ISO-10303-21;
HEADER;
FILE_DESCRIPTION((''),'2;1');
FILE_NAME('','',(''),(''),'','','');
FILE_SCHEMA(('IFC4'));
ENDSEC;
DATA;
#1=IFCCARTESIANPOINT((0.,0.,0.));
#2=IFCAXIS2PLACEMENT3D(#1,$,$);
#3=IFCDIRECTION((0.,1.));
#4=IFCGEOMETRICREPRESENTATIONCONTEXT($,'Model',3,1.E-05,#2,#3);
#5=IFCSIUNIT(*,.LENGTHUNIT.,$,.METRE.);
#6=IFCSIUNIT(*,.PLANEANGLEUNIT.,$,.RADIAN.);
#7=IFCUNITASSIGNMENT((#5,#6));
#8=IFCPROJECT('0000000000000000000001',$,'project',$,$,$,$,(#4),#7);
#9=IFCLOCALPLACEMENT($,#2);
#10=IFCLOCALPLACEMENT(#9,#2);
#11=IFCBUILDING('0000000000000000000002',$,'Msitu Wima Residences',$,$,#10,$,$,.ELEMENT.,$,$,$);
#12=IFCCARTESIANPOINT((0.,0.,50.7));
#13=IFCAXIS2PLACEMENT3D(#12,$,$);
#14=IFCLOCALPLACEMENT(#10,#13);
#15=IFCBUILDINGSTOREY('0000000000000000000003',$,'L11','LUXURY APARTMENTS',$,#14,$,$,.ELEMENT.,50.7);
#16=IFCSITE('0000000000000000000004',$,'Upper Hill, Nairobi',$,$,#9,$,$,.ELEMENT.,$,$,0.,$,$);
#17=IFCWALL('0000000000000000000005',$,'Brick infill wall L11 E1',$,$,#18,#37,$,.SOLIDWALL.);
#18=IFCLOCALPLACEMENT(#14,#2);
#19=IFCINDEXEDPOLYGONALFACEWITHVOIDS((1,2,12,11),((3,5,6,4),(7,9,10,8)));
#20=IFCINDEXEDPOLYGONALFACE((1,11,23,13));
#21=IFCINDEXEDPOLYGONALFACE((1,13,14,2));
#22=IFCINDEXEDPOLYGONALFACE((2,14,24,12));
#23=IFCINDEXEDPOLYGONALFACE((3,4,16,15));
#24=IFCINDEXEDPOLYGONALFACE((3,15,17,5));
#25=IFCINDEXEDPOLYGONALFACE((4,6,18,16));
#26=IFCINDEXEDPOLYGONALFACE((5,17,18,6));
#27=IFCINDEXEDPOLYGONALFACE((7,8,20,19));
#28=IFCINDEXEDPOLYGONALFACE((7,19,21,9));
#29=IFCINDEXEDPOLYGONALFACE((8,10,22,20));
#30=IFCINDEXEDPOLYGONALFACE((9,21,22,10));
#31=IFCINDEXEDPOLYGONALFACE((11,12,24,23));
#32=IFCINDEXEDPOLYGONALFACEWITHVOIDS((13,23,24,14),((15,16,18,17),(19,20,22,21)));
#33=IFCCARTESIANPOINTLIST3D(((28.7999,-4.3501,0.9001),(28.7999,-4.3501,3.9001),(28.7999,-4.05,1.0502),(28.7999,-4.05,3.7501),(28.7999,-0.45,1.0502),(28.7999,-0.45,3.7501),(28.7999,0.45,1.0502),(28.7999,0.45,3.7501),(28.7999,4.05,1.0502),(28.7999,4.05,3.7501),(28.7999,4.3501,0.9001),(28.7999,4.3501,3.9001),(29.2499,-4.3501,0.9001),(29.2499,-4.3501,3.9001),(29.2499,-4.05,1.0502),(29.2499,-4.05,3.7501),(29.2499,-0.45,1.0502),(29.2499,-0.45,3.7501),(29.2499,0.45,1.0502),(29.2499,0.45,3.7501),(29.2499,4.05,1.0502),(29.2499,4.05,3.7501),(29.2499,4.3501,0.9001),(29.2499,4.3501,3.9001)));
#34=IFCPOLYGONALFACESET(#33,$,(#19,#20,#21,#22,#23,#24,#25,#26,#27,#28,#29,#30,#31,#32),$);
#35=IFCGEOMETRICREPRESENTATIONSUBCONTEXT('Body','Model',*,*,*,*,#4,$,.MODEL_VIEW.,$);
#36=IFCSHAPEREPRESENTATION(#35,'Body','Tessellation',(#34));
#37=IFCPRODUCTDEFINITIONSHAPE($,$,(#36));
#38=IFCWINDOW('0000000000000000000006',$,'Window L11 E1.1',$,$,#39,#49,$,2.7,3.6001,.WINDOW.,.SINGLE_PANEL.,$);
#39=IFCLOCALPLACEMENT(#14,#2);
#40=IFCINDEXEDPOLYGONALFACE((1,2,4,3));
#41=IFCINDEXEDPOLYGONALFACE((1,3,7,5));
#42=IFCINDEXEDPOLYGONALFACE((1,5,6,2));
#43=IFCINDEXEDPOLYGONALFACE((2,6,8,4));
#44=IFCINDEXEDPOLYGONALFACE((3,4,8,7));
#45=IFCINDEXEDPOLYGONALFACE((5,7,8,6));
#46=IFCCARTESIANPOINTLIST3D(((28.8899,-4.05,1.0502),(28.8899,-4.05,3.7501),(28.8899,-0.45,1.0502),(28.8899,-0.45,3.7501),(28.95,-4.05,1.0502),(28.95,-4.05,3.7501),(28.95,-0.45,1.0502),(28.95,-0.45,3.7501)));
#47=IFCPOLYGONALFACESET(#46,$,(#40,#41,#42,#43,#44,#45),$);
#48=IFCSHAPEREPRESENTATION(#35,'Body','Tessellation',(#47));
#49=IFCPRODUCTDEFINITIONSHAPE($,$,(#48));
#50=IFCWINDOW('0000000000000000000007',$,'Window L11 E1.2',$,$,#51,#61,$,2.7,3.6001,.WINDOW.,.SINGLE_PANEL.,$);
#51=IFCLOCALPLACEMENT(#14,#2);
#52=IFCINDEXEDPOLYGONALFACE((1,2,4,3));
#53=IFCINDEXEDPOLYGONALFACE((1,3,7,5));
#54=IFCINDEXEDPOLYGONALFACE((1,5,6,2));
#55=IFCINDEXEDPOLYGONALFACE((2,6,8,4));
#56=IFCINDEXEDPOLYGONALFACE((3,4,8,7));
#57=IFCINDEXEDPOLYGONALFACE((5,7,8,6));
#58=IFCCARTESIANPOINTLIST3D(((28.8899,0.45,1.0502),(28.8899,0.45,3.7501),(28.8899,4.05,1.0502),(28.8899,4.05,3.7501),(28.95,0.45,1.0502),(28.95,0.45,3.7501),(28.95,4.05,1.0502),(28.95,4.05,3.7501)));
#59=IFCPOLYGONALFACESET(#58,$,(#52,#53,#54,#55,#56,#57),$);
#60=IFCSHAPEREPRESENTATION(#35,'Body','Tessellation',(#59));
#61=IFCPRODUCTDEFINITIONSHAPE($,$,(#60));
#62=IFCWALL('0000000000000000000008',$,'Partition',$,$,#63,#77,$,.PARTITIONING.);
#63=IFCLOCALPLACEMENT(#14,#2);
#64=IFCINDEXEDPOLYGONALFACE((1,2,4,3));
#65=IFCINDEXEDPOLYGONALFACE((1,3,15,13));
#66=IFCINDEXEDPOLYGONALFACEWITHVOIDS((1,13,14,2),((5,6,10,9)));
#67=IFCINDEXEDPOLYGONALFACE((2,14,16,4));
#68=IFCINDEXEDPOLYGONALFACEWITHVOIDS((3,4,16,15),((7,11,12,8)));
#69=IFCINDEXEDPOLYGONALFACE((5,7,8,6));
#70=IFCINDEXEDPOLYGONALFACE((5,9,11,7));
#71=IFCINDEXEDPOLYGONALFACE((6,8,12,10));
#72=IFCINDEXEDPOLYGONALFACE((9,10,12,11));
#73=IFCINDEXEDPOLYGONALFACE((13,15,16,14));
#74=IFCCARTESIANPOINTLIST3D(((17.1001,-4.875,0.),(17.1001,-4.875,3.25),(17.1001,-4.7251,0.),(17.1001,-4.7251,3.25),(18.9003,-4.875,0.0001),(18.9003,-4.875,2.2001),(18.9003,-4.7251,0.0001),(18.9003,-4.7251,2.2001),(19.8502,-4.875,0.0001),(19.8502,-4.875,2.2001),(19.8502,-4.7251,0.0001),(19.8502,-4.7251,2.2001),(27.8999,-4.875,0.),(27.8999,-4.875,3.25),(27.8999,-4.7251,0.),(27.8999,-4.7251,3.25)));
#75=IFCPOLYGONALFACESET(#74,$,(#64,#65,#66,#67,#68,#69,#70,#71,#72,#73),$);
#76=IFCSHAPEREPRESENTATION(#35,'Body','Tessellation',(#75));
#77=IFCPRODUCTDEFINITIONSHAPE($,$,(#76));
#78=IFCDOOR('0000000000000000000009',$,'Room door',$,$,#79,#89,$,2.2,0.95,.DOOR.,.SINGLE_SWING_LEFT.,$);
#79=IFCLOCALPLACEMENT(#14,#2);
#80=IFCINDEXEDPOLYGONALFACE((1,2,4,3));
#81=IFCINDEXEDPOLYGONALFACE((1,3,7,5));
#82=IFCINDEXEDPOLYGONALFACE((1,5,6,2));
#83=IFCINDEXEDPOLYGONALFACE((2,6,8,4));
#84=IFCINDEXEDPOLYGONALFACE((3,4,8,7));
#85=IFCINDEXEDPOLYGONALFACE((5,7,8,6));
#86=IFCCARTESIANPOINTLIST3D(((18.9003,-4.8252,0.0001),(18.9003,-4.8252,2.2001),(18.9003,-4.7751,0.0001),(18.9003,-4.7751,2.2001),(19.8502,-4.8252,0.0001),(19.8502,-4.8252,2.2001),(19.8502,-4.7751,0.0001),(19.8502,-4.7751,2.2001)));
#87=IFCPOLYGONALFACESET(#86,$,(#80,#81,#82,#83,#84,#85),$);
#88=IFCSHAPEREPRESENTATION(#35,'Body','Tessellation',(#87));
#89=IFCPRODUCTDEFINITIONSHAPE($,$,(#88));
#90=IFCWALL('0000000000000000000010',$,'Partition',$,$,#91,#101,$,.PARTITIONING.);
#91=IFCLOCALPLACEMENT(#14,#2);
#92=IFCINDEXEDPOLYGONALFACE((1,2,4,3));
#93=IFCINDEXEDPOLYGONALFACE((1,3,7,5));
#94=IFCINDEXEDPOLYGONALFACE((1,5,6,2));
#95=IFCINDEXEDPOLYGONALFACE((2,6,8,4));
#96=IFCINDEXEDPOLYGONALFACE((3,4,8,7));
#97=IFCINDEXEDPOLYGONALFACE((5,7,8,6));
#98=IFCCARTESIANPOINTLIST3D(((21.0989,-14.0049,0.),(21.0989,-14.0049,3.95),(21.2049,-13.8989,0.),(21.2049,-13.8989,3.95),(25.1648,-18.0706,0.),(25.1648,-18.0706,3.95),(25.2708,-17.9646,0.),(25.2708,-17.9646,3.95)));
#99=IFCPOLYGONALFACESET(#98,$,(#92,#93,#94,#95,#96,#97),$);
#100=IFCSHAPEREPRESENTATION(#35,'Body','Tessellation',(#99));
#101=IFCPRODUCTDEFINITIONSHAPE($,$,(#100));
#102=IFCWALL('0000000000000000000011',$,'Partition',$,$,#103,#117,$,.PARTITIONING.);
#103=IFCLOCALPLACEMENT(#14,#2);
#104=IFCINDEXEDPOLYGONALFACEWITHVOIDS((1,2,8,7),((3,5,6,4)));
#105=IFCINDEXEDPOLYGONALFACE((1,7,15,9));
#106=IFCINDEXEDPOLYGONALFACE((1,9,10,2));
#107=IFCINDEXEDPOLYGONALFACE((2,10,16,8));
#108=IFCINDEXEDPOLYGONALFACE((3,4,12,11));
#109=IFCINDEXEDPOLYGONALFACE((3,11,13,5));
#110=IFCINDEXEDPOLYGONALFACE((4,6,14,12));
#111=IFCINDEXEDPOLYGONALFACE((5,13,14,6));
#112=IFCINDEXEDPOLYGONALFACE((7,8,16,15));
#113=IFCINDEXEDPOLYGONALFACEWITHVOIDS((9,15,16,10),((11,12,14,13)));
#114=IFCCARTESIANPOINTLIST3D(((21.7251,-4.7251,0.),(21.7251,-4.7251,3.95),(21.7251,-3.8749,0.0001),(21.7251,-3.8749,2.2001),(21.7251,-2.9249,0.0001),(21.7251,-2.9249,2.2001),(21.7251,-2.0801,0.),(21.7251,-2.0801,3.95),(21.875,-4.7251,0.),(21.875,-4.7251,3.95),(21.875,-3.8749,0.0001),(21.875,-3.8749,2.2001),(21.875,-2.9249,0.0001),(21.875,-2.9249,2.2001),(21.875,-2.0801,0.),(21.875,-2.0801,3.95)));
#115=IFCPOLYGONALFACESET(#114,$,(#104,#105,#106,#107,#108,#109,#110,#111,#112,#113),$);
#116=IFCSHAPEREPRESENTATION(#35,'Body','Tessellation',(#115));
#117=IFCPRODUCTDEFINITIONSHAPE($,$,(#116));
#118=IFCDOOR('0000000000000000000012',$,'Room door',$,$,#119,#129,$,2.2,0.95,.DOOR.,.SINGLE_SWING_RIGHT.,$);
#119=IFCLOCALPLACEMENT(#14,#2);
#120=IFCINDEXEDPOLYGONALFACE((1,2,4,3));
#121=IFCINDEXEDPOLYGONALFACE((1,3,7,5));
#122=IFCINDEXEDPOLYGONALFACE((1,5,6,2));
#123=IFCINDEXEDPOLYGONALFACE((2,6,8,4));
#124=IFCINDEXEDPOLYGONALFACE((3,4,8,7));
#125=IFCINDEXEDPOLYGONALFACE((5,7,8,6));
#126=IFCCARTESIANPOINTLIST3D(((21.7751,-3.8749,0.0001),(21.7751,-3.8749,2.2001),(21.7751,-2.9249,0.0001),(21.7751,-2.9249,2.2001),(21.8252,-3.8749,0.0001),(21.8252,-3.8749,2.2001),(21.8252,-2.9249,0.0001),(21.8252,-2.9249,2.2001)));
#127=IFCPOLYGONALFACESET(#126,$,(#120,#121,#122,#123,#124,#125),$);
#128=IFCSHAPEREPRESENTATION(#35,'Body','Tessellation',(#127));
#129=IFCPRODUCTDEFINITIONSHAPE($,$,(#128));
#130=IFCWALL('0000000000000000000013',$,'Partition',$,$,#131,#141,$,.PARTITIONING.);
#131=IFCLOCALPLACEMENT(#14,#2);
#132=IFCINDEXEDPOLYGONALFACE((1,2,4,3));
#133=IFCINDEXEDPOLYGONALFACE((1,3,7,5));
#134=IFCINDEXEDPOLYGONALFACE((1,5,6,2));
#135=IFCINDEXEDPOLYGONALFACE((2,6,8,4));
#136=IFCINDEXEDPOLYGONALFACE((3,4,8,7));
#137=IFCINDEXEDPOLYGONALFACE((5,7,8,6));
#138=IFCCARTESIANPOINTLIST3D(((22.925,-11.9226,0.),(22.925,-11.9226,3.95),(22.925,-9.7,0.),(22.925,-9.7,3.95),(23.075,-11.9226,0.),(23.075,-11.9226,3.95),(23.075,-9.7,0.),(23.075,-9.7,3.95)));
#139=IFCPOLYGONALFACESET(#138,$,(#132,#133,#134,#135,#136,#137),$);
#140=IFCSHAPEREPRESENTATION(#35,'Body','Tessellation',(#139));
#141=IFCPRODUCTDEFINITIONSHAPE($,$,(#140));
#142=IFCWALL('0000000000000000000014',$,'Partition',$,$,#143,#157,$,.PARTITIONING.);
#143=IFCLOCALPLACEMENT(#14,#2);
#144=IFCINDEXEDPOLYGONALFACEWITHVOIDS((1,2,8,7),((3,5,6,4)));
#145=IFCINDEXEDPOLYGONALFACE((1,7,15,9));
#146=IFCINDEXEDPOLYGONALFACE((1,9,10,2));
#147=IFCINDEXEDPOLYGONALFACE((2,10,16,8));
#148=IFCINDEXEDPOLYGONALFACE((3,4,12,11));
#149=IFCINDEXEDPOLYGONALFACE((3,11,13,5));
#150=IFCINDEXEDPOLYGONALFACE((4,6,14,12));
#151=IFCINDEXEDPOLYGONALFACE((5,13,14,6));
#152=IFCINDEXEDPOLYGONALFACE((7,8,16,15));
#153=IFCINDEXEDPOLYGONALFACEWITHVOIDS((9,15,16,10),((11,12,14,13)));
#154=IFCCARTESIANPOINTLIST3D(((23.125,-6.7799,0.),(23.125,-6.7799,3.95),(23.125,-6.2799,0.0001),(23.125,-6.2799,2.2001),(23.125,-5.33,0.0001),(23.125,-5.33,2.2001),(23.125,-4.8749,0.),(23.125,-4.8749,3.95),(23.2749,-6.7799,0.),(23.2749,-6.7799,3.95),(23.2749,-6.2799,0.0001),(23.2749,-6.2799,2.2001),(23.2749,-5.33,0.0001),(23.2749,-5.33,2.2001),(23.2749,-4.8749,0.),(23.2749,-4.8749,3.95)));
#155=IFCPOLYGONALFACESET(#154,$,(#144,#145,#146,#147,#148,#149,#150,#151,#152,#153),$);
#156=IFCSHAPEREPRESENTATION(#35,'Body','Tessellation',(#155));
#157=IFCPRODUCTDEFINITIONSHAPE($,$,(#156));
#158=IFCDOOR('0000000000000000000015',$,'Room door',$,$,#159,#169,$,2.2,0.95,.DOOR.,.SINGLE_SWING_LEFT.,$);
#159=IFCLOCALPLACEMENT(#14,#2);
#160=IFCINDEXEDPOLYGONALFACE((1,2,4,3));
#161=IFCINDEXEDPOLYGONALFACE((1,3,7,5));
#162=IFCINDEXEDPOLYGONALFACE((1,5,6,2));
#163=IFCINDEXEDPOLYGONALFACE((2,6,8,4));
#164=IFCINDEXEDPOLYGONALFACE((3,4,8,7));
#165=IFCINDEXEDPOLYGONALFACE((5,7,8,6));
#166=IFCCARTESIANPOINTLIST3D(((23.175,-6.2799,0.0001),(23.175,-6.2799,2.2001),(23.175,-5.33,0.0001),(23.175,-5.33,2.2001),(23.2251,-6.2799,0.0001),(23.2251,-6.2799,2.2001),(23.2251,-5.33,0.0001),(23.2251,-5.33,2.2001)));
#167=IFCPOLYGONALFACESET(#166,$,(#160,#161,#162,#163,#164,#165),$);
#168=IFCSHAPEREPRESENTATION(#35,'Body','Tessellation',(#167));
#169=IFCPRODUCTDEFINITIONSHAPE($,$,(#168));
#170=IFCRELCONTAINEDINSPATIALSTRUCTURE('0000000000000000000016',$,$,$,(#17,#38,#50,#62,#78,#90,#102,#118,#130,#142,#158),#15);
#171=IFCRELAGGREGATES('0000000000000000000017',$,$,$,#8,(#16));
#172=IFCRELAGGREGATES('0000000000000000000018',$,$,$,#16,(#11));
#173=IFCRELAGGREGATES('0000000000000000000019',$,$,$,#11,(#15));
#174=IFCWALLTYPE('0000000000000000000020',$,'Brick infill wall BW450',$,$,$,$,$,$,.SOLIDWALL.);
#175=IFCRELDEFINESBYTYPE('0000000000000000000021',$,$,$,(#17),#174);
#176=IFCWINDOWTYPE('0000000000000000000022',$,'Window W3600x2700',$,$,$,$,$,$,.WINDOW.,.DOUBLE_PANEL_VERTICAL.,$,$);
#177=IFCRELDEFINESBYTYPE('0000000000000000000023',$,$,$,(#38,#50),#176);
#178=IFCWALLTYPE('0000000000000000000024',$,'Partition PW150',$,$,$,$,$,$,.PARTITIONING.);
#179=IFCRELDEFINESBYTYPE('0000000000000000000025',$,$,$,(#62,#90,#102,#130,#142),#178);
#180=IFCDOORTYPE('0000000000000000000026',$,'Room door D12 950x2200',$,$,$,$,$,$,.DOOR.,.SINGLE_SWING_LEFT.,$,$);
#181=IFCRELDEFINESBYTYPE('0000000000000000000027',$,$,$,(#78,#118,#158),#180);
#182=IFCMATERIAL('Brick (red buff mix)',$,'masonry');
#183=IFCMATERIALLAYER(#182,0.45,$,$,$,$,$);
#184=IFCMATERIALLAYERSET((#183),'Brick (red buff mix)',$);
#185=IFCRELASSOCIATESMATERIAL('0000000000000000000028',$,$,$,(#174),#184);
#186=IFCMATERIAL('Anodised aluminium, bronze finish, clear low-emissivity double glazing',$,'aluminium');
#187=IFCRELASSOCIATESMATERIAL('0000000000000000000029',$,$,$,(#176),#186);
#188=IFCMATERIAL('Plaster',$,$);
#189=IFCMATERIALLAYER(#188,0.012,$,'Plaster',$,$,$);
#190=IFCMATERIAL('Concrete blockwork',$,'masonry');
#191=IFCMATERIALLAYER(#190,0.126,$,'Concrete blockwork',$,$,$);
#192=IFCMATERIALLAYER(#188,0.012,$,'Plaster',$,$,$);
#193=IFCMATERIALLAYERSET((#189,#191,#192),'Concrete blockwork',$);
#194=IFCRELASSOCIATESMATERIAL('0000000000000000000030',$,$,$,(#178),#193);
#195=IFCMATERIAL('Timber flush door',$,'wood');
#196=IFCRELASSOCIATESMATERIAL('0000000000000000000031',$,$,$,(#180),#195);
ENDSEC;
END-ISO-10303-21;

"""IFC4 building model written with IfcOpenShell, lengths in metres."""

from ifc_helpers import new_model, si_unit, direction, frame, frame_2d, origin, place, context, subcontext, project, spatial, rectangle, extrude, material, layer, layer_set, type_object, element, fill, save


model = new_model("IFC4")

# Units and contexts
model_context = context("Model", 3, precision=1e-05, world=origin(), true_north=direction((0.0, 1.0)))
body_context = subcontext(model_context, "Body", "Model", "MODEL_VIEW")
ifc_project = project(units=[si_unit("LENGTHUNIT", "METRE"), si_unit("PLANEANGLEUNIT", "RADIAN")], contexts=[model_context])

# Site, building, storey
site_placement = place(None, origin())
site = spatial("IfcSite", under=ifc_project, at=site_placement, Name="Upper Hill, Nairobi", CompositionType="ELEMENT", RefElevation=0.0)
building_placement = place(site_placement, origin())
building = spatial("IfcBuilding", under=site, at=building_placement, Name="Msitu Wima Residences", CompositionType="ELEMENT")
storey_placement = place(building_placement, frame((0.0, 0.0, 50.7)))
storey = spatial("IfcBuildingStorey", under=building, at=storey_placement, Name="L11", Description="LUXURY APARTMENTS", CompositionType="ELEMENT", Elevation=50.7)

# Shared definitions
ifc_material_1 = material(Name="Brick (red buff mix)", Category="masonry")
ifc_layer_1 = layer(ifc_material_1, 0.45)
ifc_layer_set_1 = layer_set([ifc_layer_1], Name="Brick (red buff mix)")
wall_type_1 = type_object("IfcWallType", Name="Brick infill wall BW450", PredefinedType="SOLIDWALL", material=ifc_layer_set_1)
ifc_material_2 = material(Name="Anodised aluminium, bronze finish, clear low-emissivity double glazing", Category="aluminium")
window_type = type_object("IfcWindowType", Name="Window W3600x2700", PartitioningType="DOUBLE_PANEL_VERTICAL", PredefinedType="WINDOW", material=ifc_material_2)

# Wall, openings, windows
wall_1_placement = place(storey_placement, frame((29.0249, -4.3501, 0.9001), z_axis=(0.0, 0.0, 1.0), x_axis=(0.0, 1.0, 0.0)))
wall_1 = element("IfcWall", 1, at=wall_1_placement, inside=storey, type_object=wall_type_1, Name="Brick infill wall L11 E1", PredefinedType="SOLIDWALL", context=body_context, shape_type="SweptSolid", body=[
    extrude(rectangle(XDim=8.7002, YDim=0.45, at=frame_2d((4.3501, 0.0))), origin(), (0.0, 0.0, 1.0), 3.0),
])
opening_1_placement = place(wall_1_placement, frame((0.3, 0.0, 0.1499)))
opening_1 = element("IfcOpeningElement", 2, at=opening_1_placement, cuts=wall_1, PredefinedType="OPENING", context=body_context, shape_type="SweptSolid", body=[
    extrude(rectangle(XDim=3.6001, YDim=2.7, at=frame_2d((1.8, 1.3501))), frame((0.0, 0.2349, 0.0), z_axis=(0.0, -1.0, 0.0), x_axis=(1.0, 0.0, 0.0)), (0.0, 0.0, 1.0), 0.47),
])
opening_2_placement = place(wall_1_placement, frame((4.8, 0.0, 0.1499)))
opening_2 = element("IfcOpeningElement", 3, at=opening_2_placement, cuts=wall_1, PredefinedType="OPENING", context=body_context, shape_type="SweptSolid", body=[
    extrude(rectangle(XDim=3.6001, YDim=2.7, at=frame_2d((1.8, 1.3501))), frame((0.0, 0.2349, 0.0), z_axis=(0.0, -1.0, 0.0), x_axis=(1.0, 0.0, 0.0)), (0.0, 0.0, 1.0), 0.47),
])
window_1_placement = place(opening_1_placement, origin())
window_1 = element("IfcWindow", 4, at=window_1_placement, inside=storey, type_object=window_type, Name="Window L11 E1.1", OverallHeight=2.7, OverallWidth=3.6001, PartitioningType="SINGLE_PANEL", PredefinedType="WINDOW", context=body_context, shape_type="SweptSolid", body=[
    extrude(rectangle(XDim=3.6001, YDim=2.7, at=frame_2d((1.8, 1.3501))), frame((0.0, 0.135, 0.0), z_axis=(0.0, -1.0, 0.0), x_axis=(1.0, 0.0, 0.0)), (0.0, 0.0, 1.0), 0.0601),
])
fill(opening_1, window_1)
window_2_placement = place(opening_2_placement, origin())
window_2 = element("IfcWindow", 5, at=window_2_placement, inside=storey, type_object=window_type, Name="Window L11 E1.2", OverallHeight=2.7, OverallWidth=3.6001, PartitioningType="SINGLE_PANEL", PredefinedType="WINDOW", context=body_context, shape_type="SweptSolid", body=[
    extrude(rectangle(XDim=3.6001, YDim=2.7, at=frame_2d((1.8, 1.3501))), frame((0.0, 0.135, 0.0), z_axis=(0.0, -1.0, 0.0), x_axis=(1.0, 0.0, 0.0)), (0.0, 0.0, 1.0), 0.0601),
])
fill(opening_2, window_2)

# Wall, opening, door
ifc_material_3 = material(Name="Plaster")
ifc_layer_2 = layer(ifc_material_3, 0.012, Name="Plaster")
ifc_material_4 = material(Name="Concrete blockwork", Category="masonry")
ifc_layer_3 = layer(ifc_material_4, 0.126, Name="Concrete blockwork")
ifc_layer_4 = layer(ifc_material_3, 0.012, Name="Plaster")
ifc_layer_set_2 = layer_set([ifc_layer_2, ifc_layer_3, ifc_layer_4], Name="Concrete blockwork")
wall_type_2 = type_object("IfcWallType", Name="Partition PW150", PredefinedType="PARTITIONING", material=ifc_layer_set_2)
wall_2_placement = place(storey_placement, frame((17.1001, -4.8, 0.0), z_axis=(0.0, 0.0, 1.0), x_axis=(1.0, 0.0, 0.0)))
wall_2 = element("IfcWall", 6, at=wall_2_placement, inside=storey, type_object=wall_type_2, Name="Partition", PredefinedType="PARTITIONING", context=body_context, shape_type="SweptSolid", body=[
    extrude(rectangle(XDim=10.7998, YDim=0.1499, at=frame_2d((5.3999, 0.0))), origin(), (0.0, 0.0, 1.0), 3.25),
])
opening_3_placement = place(wall_2_placement, frame((1.8, 0.0, 0.0)))
opening_3 = element("IfcOpeningElement", 7, at=opening_3_placement, cuts=wall_2, PredefinedType="OPENING", context=body_context, shape_type="SweptSolid", body=[
    extrude(rectangle(XDim=0.95, YDim=2.2, at=frame_2d((0.4751, 1.1001))), frame((0.0, 0.085, 0.0), z_axis=(0.0, -1.0, 0.0), x_axis=(1.0, 0.0, 0.0)), (0.0, 0.0, 1.0), 0.1699),
])
ifc_material_5 = material(Name="Timber flush door", Category="wood")
door_type_1 = type_object("IfcDoorType", Name="Room door D12 950x2200", OperationType="SINGLE_SWING_LEFT", PredefinedType="DOOR", material=ifc_material_5)
door_1_placement = place(opening_3_placement, origin())
door_1 = element("IfcDoor", 8, at=door_1_placement, inside=storey, type_object=door_type_1, Name="Room door", OperationType="SINGLE_SWING_LEFT", OverallHeight=2.2, OverallWidth=0.95, PredefinedType="DOOR", context=body_context, shape_type="SweptSolid", body=[
    extrude(rectangle(XDim=0.95, YDim=2.2, at=frame_2d((0.4751, 1.1001))), frame((0.0, 0.0249, 0.0), z_axis=(0.0, -1.0, 0.0), x_axis=(1.0, 0.0, 0.0)), (0.0, 0.0, 1.0), 0.05),
])
fill(opening_3, door_1)

# Wall
wall_3_placement = place(storey_placement, frame((21.1519, -13.9519, 0.0), z_axis=(0.0, 0.0, 1.0), x_axis=(0.707128, -0.707086, 0.0)))
element("IfcWall", 9, at=wall_3_placement, inside=storey, type_object=wall_type_2, Name="Partition", PredefinedType="PARTITIONING", context=body_context, shape_type="SweptSolid", body=[
    extrude(rectangle(XDim=5.75, YDim=0.1499, at=frame_2d((2.875, 0.0))), origin(), (0.0, 0.0, 1.0), 3.95),
])

# Wall, opening, door
wall_4_placement = place(storey_placement, frame((21.8, -4.7251, 0.0), z_axis=(0.0, 0.0, 1.0), x_axis=(0.0, 1.0, 0.0)))
wall_4 = element("IfcWall", 10, at=wall_4_placement, inside=storey, type_object=wall_type_2, Name="Partition", PredefinedType="PARTITIONING", context=body_context, shape_type="SweptSolid", body=[
    extrude(rectangle(XDim=2.645, YDim=0.1499, at=frame_2d((1.3225, 0.0))), origin(), (0.0, 0.0, 1.0), 3.95),
])
opening_4_placement = place(wall_4_placement, frame((0.8501, 0.0, 0.0)))
opening_4 = element("IfcOpeningElement", 11, at=opening_4_placement, cuts=wall_4, PredefinedType="OPENING", context=body_context, shape_type="SweptSolid", body=[
    extrude(rectangle(XDim=0.95, YDim=2.2, at=frame_2d((0.4751, 1.1001))), frame((0.0, 0.085, 0.0), z_axis=(0.0, -1.0, 0.0), x_axis=(1.0, 0.0, 0.0)), (0.0, 0.0, 1.0), 0.1699),
])
door_2_placement = place(opening_4_placement, origin())
door_2 = element("IfcDoor", 12, at=door_2_placement, inside=storey, type_object=door_type_1, Name="Room door", OperationType="SINGLE_SWING_RIGHT", OverallHeight=2.2, OverallWidth=0.95, PredefinedType="DOOR", context=body_context, shape_type="SweptSolid", body=[
    extrude(rectangle(XDim=0.95, YDim=2.2, at=frame_2d((0.4751, 1.1001))), frame((0.0, 0.0249, 0.0), z_axis=(0.0, -1.0, 0.0), x_axis=(1.0, 0.0, 0.0)), (0.0, 0.0, 1.0), 0.05),
])
fill(opening_4, door_2)

# Wall
wall_5_placement = place(storey_placement, frame((23.0, -11.9226, 0.0), z_axis=(0.0, 0.0, 1.0), x_axis=(0.0, 1.0, 0.0)))
element("IfcWall", 13, at=wall_5_placement, inside=storey, type_object=wall_type_2, Name="Partition", PredefinedType="PARTITIONING", context=body_context, shape_type="SweptSolid", body=[
    extrude(rectangle(XDim=2.2227, YDim=0.1499, at=frame_2d((1.1113, 0.0))), origin(), (0.0, 0.0, 1.0), 3.95),
])

# Wall, opening, door
wall_6_placement = place(storey_placement, frame((23.2, -6.78, 0.0), z_axis=(0.0, 0.0, 1.0), x_axis=(0.0, 1.0, 0.0)))
wall_6 = element("IfcWall", 14, at=wall_6_placement, inside=storey, type_object=wall_type_2, Name="Partition", PredefinedType="PARTITIONING", context=body_context, shape_type="SweptSolid", body=[
    extrude(rectangle(XDim=1.905, YDim=0.1499, at=frame_2d((0.9526, 0.0))), origin(), (0.0, 0.0, 1.0), 3.95),
])
opening_5_placement = place(wall_6_placement, frame((0.5, 0.0, 0.0)))
opening_5 = element("IfcOpeningElement", 15, at=opening_5_placement, cuts=wall_6, PredefinedType="OPENING", context=body_context, shape_type="SweptSolid", body=[
    extrude(rectangle(XDim=0.95, YDim=2.2, at=frame_2d((0.4751, 1.1001))), frame((0.0, 0.085, 0.0), z_axis=(0.0, -1.0, 0.0), x_axis=(1.0, 0.0, 0.0)), (0.0, 0.0, 1.0), 0.1699),
])
door_3_placement = place(opening_5_placement, origin())
door_3 = element("IfcDoor", 16, at=door_3_placement, inside=storey, type_object=door_type_1, Name="Room door", OperationType="SINGLE_SWING_LEFT", OverallHeight=2.2, OverallWidth=0.95, PredefinedType="DOOR", context=body_context, shape_type="SweptSolid", body=[
    extrude(rectangle(XDim=0.95, YDim=2.2, at=frame_2d((0.4751, 1.1001))), frame((0.0, 0.0249, 0.0), z_axis=(0.0, -1.0, 0.0), x_axis=(1.0, 0.0, 0.0)), (0.0, 0.0, 1.0), 0.05),
])
fill(opening_5, door_3)

save(model, "model.ifc")
